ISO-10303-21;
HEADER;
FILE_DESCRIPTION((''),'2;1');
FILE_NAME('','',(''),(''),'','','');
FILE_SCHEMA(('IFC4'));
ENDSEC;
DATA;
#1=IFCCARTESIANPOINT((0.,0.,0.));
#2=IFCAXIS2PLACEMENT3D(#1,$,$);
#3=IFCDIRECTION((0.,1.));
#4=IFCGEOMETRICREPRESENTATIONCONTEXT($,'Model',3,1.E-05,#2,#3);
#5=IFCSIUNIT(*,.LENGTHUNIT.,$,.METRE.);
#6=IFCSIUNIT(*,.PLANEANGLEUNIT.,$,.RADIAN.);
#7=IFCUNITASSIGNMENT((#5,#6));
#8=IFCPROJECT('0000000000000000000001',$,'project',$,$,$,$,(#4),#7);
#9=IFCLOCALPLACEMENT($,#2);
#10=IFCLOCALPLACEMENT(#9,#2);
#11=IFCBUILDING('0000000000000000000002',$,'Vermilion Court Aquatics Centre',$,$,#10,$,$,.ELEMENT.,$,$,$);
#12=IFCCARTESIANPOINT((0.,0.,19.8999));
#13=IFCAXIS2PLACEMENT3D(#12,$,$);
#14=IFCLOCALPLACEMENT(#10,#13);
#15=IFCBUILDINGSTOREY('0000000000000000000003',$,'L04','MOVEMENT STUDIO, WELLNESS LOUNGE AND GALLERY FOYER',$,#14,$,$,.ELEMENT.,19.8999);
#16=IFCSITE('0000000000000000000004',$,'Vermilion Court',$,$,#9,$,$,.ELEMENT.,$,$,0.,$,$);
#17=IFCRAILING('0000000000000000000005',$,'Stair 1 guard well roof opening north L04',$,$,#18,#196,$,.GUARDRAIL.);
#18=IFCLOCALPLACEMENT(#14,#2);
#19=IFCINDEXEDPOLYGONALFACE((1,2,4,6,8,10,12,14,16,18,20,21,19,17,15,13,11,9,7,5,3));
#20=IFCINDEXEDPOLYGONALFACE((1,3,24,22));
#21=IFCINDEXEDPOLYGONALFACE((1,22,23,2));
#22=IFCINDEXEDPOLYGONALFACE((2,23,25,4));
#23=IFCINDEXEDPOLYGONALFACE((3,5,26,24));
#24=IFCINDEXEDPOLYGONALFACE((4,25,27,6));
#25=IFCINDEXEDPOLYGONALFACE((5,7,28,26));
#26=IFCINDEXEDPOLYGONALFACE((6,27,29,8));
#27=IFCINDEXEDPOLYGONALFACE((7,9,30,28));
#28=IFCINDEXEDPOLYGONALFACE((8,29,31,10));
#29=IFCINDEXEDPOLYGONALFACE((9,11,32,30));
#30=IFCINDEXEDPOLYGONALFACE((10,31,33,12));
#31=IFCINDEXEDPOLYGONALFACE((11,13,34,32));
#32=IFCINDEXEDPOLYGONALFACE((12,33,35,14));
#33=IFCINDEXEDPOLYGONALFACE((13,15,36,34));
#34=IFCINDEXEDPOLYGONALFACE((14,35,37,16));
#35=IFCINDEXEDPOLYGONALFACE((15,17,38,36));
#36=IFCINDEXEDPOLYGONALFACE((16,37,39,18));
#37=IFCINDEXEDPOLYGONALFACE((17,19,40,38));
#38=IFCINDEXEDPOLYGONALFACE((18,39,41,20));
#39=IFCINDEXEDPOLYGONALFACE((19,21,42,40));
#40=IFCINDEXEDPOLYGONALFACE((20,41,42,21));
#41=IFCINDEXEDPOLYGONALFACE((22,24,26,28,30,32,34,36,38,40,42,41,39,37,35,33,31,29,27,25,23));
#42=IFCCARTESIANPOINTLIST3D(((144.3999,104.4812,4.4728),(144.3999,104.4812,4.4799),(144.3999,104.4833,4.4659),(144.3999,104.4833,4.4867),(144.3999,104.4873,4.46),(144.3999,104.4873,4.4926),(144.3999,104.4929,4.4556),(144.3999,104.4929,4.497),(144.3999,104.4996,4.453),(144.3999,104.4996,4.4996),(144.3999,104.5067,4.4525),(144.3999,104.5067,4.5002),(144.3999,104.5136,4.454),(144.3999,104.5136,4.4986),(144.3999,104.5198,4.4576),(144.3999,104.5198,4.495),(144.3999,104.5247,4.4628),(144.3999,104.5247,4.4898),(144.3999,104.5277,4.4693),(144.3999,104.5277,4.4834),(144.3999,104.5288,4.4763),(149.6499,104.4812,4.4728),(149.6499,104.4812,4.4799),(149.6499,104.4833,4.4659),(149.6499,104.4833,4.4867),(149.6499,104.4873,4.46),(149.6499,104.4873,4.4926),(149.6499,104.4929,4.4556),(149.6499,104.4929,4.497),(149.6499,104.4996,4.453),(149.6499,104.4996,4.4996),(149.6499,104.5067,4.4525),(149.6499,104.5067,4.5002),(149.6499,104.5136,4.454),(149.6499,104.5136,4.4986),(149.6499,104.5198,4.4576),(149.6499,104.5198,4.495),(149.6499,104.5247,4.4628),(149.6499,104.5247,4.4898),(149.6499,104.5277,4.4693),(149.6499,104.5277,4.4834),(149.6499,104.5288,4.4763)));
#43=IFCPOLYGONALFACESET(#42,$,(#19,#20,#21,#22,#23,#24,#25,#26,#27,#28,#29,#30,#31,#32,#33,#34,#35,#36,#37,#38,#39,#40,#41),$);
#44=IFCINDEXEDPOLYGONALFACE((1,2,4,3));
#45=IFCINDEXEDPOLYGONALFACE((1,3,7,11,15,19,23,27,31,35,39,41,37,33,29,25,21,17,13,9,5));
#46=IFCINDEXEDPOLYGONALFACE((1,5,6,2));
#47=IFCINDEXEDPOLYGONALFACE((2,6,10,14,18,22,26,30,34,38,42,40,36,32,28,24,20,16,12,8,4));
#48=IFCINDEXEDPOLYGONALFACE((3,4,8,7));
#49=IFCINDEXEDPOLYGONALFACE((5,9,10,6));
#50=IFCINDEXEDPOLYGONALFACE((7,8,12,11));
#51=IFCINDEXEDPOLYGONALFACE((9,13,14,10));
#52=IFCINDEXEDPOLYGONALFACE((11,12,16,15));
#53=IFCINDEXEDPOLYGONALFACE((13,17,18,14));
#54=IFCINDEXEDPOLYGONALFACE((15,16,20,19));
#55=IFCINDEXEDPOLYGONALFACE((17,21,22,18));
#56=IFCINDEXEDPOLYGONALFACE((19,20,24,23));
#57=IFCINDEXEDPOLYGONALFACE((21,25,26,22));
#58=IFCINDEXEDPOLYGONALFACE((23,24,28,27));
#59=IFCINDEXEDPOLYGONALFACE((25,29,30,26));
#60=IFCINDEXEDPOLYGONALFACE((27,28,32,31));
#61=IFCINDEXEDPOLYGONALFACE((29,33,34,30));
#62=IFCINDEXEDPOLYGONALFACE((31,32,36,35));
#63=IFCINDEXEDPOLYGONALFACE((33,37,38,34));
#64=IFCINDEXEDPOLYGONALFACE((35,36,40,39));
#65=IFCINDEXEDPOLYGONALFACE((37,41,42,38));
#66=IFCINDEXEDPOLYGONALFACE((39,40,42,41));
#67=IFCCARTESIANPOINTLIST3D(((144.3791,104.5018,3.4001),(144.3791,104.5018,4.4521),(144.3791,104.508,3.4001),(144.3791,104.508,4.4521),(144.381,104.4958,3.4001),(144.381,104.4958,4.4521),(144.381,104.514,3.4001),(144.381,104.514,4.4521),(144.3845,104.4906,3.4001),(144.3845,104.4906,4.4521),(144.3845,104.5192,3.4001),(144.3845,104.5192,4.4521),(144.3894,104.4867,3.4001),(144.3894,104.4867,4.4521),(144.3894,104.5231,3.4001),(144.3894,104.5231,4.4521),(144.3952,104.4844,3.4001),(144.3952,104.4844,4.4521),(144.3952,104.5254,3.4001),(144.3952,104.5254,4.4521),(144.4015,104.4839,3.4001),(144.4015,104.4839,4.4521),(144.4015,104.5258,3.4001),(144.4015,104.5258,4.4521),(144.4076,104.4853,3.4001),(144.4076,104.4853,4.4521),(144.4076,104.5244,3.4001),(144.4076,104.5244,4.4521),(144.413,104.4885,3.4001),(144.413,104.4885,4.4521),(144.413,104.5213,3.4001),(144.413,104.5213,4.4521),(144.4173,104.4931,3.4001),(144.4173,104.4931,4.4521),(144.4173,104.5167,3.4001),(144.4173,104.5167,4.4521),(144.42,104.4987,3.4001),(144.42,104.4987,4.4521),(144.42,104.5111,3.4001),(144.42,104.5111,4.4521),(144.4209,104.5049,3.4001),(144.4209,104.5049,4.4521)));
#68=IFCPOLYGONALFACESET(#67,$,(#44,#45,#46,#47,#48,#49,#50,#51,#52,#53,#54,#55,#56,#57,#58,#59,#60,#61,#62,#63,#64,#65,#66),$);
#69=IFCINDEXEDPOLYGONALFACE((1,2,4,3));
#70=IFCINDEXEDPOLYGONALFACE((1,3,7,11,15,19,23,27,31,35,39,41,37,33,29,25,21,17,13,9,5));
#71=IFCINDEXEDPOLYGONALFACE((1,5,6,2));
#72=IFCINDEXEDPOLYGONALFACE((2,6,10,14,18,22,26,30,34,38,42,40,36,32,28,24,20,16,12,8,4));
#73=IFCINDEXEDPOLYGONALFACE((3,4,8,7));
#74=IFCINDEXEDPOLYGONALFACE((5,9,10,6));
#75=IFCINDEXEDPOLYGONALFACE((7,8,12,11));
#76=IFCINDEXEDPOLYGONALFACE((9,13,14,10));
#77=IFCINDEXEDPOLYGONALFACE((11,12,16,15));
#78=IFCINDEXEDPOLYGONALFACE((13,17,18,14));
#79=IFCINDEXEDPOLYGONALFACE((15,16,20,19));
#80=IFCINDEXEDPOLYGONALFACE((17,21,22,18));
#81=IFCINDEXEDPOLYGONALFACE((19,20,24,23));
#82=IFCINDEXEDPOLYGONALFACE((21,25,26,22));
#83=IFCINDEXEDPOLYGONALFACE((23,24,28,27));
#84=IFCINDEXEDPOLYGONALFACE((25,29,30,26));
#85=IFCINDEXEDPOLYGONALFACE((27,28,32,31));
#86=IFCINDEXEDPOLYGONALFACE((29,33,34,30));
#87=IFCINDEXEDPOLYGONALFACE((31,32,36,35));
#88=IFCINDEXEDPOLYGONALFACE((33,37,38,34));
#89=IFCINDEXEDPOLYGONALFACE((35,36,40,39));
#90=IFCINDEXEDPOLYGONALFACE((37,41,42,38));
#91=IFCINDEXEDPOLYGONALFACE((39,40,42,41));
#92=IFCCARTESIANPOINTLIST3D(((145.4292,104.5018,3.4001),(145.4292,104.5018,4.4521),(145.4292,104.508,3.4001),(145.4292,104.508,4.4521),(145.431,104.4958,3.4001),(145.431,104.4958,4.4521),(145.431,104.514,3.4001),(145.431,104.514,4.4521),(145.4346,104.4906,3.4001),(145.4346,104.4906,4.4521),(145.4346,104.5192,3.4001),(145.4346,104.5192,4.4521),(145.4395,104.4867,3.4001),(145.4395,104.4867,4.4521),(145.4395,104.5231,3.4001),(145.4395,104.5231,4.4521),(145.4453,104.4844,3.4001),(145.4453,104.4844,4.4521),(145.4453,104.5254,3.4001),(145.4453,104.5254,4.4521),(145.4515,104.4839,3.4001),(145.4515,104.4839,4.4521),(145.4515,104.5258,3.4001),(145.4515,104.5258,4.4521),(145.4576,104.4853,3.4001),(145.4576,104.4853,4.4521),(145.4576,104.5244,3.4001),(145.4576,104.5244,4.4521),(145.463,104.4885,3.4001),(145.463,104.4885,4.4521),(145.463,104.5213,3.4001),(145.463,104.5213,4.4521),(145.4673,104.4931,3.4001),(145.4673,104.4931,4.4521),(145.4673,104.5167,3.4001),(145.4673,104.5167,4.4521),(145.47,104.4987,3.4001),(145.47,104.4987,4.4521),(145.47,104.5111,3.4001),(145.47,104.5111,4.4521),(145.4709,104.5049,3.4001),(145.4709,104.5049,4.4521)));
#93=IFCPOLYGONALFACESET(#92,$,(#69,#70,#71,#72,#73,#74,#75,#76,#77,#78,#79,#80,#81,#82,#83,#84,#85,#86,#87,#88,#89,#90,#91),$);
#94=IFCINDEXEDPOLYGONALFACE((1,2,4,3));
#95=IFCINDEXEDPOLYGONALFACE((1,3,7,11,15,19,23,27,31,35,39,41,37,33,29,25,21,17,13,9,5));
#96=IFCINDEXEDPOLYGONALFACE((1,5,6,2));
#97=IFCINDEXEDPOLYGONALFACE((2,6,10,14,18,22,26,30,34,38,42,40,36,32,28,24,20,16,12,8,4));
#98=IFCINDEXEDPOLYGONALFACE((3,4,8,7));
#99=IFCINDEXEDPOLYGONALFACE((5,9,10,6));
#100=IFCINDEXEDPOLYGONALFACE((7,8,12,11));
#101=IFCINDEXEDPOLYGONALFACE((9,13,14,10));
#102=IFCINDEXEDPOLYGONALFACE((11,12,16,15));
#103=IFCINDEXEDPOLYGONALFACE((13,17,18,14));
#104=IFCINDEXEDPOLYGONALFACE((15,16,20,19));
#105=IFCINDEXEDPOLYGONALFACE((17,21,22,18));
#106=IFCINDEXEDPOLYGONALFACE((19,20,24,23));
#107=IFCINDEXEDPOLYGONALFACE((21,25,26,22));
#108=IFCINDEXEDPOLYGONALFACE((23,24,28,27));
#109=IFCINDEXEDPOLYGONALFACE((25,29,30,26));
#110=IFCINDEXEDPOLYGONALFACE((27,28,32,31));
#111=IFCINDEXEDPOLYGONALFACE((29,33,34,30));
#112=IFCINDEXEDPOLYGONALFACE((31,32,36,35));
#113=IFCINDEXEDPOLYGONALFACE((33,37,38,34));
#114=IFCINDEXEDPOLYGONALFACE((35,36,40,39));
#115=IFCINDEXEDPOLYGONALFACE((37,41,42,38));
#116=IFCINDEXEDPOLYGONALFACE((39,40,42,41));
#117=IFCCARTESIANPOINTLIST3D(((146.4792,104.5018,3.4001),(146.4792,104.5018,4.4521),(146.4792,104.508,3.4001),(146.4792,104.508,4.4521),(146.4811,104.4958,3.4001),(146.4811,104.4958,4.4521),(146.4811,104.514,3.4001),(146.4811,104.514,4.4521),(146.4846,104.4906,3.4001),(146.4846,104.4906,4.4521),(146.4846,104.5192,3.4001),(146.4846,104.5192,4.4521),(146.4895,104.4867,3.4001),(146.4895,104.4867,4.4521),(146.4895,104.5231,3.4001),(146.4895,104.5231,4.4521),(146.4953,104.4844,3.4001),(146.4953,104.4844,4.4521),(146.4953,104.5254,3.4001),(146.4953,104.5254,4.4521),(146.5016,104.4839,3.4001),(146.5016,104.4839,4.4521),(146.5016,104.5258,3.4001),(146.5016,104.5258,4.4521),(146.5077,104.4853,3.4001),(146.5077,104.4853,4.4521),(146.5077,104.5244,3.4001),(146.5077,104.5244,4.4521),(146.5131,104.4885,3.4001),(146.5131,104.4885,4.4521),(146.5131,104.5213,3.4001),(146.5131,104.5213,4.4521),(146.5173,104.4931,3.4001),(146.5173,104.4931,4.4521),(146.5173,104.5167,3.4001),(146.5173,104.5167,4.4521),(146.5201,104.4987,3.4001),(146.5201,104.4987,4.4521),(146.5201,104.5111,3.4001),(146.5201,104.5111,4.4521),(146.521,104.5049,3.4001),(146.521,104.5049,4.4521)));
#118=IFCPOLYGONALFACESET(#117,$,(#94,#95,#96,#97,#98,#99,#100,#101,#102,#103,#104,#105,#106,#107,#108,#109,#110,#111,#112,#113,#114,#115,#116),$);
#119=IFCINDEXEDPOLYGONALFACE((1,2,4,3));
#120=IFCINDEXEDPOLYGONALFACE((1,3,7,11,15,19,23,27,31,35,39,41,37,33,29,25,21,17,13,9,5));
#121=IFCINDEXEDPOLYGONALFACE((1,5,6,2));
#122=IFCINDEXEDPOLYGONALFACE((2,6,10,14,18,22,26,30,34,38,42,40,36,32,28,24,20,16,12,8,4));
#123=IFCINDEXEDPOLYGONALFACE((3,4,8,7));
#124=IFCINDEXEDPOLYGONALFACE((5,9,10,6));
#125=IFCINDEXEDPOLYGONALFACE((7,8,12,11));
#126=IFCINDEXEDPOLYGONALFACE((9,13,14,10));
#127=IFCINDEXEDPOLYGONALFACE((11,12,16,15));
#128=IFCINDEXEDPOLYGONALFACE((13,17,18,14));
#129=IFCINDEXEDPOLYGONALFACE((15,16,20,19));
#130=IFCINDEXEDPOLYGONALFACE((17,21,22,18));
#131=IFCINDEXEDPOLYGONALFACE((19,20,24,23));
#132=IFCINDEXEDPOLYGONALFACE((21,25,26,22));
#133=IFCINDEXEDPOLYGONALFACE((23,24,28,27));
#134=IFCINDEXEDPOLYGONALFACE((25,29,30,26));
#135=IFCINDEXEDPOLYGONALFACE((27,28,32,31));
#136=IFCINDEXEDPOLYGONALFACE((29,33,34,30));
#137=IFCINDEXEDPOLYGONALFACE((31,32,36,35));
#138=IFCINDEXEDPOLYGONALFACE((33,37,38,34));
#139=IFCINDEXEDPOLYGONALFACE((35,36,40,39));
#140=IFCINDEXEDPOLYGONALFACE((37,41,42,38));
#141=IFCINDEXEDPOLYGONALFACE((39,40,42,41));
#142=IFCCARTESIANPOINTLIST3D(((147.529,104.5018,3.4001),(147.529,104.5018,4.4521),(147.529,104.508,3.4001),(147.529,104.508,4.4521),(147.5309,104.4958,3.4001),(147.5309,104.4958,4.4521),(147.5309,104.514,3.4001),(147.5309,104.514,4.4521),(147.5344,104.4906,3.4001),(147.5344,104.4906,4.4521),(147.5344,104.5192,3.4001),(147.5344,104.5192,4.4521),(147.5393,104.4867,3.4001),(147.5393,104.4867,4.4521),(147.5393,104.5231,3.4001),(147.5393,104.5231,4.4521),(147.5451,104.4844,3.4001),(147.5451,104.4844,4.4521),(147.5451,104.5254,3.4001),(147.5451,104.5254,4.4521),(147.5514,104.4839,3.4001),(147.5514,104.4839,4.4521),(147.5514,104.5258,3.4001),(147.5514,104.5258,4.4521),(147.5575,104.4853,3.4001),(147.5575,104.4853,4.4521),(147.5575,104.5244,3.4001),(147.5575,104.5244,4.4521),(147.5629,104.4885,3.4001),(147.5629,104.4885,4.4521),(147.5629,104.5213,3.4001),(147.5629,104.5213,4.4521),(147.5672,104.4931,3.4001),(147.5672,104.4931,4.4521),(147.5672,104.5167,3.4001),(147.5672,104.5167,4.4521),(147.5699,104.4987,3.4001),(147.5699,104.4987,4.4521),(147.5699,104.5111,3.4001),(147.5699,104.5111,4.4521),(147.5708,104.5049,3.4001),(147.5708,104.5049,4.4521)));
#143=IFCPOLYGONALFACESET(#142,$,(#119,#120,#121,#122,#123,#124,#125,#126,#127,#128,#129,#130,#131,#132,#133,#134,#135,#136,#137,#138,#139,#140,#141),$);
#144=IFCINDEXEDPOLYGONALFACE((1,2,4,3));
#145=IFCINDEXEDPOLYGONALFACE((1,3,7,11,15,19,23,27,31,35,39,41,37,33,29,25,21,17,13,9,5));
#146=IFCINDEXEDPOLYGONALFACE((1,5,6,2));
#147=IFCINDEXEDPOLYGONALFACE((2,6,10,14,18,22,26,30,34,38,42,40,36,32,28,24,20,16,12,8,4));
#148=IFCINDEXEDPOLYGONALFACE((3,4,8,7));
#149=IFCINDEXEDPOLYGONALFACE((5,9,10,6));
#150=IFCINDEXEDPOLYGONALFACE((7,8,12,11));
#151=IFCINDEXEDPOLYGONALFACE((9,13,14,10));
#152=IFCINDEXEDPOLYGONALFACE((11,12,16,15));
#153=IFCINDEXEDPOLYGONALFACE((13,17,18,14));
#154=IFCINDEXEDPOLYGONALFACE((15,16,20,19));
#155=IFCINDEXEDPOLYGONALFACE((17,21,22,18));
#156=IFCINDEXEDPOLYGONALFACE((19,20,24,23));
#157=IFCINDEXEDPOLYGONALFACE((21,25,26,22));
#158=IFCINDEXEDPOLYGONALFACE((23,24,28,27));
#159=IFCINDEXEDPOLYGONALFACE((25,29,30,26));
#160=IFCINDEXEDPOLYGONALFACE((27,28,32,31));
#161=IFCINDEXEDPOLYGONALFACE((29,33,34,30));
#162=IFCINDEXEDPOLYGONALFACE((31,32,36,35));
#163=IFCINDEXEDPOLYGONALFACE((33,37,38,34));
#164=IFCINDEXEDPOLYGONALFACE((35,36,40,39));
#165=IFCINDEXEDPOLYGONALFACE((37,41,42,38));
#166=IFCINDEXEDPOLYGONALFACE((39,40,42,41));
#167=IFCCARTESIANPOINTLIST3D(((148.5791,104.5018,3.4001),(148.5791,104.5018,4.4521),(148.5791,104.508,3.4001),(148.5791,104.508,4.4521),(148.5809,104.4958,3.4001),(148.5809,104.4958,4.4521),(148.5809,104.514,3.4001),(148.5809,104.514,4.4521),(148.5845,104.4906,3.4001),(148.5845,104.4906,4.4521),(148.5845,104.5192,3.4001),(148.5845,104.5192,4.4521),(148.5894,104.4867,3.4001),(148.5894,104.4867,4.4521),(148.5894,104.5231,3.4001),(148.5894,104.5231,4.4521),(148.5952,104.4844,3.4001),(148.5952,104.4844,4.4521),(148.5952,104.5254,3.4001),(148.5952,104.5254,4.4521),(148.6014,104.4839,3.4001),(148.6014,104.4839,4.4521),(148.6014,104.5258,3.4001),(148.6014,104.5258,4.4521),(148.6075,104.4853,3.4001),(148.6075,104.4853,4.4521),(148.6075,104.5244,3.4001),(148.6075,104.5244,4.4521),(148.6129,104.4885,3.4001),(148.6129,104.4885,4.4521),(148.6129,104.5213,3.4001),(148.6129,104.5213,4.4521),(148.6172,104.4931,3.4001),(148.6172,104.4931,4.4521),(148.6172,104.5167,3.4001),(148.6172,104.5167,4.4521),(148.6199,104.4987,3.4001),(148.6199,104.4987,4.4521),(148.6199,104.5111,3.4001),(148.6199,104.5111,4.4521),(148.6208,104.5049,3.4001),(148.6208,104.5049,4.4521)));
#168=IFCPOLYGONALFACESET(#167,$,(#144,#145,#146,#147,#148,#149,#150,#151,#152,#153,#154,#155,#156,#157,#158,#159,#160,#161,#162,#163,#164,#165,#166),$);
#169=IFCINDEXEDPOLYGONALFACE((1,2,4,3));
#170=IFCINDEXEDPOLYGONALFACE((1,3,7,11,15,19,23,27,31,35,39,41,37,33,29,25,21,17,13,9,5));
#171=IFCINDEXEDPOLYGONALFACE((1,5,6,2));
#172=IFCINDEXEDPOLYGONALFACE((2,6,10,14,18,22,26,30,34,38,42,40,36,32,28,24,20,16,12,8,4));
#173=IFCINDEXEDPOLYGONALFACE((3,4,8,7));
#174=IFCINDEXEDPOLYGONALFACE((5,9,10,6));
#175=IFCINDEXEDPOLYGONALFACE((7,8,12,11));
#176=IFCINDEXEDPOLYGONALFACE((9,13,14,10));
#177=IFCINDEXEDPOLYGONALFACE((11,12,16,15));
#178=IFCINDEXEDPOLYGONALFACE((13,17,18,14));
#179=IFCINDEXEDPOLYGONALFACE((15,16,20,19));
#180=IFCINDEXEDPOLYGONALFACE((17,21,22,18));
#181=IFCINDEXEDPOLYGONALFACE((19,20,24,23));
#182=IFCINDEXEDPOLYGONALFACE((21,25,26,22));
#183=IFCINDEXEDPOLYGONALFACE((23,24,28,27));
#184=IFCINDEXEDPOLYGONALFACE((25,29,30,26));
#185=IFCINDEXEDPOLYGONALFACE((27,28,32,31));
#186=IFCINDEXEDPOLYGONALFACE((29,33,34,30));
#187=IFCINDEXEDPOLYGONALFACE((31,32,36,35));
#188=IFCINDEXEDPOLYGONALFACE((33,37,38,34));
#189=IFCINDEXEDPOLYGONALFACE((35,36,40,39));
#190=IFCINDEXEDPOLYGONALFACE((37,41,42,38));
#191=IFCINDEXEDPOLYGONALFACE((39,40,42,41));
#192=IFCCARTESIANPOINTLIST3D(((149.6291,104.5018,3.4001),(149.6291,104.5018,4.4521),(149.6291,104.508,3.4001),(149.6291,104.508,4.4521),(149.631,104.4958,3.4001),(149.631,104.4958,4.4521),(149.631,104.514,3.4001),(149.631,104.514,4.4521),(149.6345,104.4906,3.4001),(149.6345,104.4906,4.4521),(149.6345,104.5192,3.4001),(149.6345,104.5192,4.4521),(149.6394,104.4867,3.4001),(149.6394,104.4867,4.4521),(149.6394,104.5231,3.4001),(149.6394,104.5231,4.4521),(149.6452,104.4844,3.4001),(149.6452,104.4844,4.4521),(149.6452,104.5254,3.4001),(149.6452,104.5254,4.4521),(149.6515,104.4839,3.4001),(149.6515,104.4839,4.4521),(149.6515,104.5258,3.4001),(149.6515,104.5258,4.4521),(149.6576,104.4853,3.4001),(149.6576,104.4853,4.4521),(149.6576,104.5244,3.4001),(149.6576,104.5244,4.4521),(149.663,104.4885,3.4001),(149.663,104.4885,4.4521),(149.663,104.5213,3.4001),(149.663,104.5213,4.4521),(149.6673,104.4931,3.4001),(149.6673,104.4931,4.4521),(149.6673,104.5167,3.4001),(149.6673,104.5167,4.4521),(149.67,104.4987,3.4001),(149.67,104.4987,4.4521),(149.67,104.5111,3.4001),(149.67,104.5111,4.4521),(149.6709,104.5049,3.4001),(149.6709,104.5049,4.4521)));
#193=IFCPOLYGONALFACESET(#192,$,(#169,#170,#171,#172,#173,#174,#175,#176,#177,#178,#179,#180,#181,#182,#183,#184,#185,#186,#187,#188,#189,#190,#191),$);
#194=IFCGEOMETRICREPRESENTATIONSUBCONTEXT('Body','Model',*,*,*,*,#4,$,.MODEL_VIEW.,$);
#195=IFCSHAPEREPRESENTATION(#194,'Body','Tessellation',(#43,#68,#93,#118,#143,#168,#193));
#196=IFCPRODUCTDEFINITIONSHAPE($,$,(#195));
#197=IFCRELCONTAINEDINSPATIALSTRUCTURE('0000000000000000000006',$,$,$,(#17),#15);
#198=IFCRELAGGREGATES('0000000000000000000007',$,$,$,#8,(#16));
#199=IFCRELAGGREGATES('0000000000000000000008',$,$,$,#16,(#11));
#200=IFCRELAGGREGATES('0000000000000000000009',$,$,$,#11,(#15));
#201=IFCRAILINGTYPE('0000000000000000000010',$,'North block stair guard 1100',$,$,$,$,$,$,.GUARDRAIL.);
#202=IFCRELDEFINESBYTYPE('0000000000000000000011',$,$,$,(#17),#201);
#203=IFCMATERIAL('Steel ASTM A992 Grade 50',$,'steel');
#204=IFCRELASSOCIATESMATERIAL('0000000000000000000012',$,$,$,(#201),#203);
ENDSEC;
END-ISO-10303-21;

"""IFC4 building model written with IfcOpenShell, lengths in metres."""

from ifc_helpers import new_model, si_unit, direction, frame, origin, origin_2d, place, context, subcontext, project, spatial, circle, extrude, material, type_object, element, save


model = new_model("IFC4")

# Units and contexts
model_context = context("Model", 3, precision=1e-05, world=origin(), true_north=direction((0.0, 1.0)))
body_context = subcontext(model_context, "Body", "Model", "MODEL_VIEW")
ifc_project = project(units=[si_unit("LENGTHUNIT", "METRE"), si_unit("PLANEANGLEUNIT", "RADIAN")], contexts=[model_context])

# Site, building, storey
site_placement = place(None, origin())
site = spatial("IfcSite", under=ifc_project, at=site_placement, Name="Vermilion Court", CompositionType="ELEMENT", RefElevation=0.0)
building_placement = place(site_placement, origin())
building = spatial("IfcBuilding", under=site, at=building_placement, Name="Vermilion Court Aquatics Centre", CompositionType="ELEMENT")
storey_placement = place(building_placement, frame((0.0, 0.0, 19.8999)))
storey = spatial("IfcBuildingStorey", under=building, at=storey_placement, Name="L04", Description="MOVEMENT STUDIO, WELLNESS LOUNGE AND GALLERY FOYER", CompositionType="ELEMENT", Elevation=19.8999)

# Railing
ifc_material_1 = material(Name="Steel ASTM A992 Grade 50", Category="steel")
railing_type = type_object("IfcRailingType", Name="North block stair guard 1100", PredefinedType="GUARDRAIL", material=ifc_material_1)
railing_placement = place(storey_placement, frame((144.3999, 104.5049, 3.4001)))
element("IfcRailing", 1, at=railing_placement, inside=storey, type_object=railing_type, Name="Stair 1 guard well roof opening north L04", PredefinedType="GUARDRAIL", context=body_context, shape_type="SweptSolid", body=[
    extrude(circle(Radius=0.0239, at=origin_2d()), frame((0.0, 0.0, 1.0762), z_axis=(1.0, 0.0, 0.0), x_axis=(0.0, 1.0, 0.0)), (0.0, 0.0, 1.0), 5.25),
    extrude(circle(Radius=0.021, at=origin_2d()), origin(), (0.0, 0.0, 1.0), 1.052),
    extrude(circle(Radius=0.021, at=origin_2d()), frame((1.05, 0.0, 0.0)), (0.0, 0.0, 1.0), 1.052),
    extrude(circle(Radius=0.021, at=origin_2d()), frame((2.1001, 0.0, 0.0)), (0.0, 0.0, 1.0), 1.052),
    extrude(circle(Radius=0.021, at=origin_2d()), frame((3.1499, 0.0, 0.0)), (0.0, 0.0, 1.0), 1.052),
    extrude(circle(Radius=0.021, at=origin_2d()), frame((4.2, 0.0, 0.0)), (0.0, 0.0, 1.0), 1.052),
    extrude(circle(Radius=0.021, at=origin_2d()), frame((5.25, 0.0, 0.0)), (0.0, 0.0, 1.0), 1.052),
])

save(model, "model.ifc")
